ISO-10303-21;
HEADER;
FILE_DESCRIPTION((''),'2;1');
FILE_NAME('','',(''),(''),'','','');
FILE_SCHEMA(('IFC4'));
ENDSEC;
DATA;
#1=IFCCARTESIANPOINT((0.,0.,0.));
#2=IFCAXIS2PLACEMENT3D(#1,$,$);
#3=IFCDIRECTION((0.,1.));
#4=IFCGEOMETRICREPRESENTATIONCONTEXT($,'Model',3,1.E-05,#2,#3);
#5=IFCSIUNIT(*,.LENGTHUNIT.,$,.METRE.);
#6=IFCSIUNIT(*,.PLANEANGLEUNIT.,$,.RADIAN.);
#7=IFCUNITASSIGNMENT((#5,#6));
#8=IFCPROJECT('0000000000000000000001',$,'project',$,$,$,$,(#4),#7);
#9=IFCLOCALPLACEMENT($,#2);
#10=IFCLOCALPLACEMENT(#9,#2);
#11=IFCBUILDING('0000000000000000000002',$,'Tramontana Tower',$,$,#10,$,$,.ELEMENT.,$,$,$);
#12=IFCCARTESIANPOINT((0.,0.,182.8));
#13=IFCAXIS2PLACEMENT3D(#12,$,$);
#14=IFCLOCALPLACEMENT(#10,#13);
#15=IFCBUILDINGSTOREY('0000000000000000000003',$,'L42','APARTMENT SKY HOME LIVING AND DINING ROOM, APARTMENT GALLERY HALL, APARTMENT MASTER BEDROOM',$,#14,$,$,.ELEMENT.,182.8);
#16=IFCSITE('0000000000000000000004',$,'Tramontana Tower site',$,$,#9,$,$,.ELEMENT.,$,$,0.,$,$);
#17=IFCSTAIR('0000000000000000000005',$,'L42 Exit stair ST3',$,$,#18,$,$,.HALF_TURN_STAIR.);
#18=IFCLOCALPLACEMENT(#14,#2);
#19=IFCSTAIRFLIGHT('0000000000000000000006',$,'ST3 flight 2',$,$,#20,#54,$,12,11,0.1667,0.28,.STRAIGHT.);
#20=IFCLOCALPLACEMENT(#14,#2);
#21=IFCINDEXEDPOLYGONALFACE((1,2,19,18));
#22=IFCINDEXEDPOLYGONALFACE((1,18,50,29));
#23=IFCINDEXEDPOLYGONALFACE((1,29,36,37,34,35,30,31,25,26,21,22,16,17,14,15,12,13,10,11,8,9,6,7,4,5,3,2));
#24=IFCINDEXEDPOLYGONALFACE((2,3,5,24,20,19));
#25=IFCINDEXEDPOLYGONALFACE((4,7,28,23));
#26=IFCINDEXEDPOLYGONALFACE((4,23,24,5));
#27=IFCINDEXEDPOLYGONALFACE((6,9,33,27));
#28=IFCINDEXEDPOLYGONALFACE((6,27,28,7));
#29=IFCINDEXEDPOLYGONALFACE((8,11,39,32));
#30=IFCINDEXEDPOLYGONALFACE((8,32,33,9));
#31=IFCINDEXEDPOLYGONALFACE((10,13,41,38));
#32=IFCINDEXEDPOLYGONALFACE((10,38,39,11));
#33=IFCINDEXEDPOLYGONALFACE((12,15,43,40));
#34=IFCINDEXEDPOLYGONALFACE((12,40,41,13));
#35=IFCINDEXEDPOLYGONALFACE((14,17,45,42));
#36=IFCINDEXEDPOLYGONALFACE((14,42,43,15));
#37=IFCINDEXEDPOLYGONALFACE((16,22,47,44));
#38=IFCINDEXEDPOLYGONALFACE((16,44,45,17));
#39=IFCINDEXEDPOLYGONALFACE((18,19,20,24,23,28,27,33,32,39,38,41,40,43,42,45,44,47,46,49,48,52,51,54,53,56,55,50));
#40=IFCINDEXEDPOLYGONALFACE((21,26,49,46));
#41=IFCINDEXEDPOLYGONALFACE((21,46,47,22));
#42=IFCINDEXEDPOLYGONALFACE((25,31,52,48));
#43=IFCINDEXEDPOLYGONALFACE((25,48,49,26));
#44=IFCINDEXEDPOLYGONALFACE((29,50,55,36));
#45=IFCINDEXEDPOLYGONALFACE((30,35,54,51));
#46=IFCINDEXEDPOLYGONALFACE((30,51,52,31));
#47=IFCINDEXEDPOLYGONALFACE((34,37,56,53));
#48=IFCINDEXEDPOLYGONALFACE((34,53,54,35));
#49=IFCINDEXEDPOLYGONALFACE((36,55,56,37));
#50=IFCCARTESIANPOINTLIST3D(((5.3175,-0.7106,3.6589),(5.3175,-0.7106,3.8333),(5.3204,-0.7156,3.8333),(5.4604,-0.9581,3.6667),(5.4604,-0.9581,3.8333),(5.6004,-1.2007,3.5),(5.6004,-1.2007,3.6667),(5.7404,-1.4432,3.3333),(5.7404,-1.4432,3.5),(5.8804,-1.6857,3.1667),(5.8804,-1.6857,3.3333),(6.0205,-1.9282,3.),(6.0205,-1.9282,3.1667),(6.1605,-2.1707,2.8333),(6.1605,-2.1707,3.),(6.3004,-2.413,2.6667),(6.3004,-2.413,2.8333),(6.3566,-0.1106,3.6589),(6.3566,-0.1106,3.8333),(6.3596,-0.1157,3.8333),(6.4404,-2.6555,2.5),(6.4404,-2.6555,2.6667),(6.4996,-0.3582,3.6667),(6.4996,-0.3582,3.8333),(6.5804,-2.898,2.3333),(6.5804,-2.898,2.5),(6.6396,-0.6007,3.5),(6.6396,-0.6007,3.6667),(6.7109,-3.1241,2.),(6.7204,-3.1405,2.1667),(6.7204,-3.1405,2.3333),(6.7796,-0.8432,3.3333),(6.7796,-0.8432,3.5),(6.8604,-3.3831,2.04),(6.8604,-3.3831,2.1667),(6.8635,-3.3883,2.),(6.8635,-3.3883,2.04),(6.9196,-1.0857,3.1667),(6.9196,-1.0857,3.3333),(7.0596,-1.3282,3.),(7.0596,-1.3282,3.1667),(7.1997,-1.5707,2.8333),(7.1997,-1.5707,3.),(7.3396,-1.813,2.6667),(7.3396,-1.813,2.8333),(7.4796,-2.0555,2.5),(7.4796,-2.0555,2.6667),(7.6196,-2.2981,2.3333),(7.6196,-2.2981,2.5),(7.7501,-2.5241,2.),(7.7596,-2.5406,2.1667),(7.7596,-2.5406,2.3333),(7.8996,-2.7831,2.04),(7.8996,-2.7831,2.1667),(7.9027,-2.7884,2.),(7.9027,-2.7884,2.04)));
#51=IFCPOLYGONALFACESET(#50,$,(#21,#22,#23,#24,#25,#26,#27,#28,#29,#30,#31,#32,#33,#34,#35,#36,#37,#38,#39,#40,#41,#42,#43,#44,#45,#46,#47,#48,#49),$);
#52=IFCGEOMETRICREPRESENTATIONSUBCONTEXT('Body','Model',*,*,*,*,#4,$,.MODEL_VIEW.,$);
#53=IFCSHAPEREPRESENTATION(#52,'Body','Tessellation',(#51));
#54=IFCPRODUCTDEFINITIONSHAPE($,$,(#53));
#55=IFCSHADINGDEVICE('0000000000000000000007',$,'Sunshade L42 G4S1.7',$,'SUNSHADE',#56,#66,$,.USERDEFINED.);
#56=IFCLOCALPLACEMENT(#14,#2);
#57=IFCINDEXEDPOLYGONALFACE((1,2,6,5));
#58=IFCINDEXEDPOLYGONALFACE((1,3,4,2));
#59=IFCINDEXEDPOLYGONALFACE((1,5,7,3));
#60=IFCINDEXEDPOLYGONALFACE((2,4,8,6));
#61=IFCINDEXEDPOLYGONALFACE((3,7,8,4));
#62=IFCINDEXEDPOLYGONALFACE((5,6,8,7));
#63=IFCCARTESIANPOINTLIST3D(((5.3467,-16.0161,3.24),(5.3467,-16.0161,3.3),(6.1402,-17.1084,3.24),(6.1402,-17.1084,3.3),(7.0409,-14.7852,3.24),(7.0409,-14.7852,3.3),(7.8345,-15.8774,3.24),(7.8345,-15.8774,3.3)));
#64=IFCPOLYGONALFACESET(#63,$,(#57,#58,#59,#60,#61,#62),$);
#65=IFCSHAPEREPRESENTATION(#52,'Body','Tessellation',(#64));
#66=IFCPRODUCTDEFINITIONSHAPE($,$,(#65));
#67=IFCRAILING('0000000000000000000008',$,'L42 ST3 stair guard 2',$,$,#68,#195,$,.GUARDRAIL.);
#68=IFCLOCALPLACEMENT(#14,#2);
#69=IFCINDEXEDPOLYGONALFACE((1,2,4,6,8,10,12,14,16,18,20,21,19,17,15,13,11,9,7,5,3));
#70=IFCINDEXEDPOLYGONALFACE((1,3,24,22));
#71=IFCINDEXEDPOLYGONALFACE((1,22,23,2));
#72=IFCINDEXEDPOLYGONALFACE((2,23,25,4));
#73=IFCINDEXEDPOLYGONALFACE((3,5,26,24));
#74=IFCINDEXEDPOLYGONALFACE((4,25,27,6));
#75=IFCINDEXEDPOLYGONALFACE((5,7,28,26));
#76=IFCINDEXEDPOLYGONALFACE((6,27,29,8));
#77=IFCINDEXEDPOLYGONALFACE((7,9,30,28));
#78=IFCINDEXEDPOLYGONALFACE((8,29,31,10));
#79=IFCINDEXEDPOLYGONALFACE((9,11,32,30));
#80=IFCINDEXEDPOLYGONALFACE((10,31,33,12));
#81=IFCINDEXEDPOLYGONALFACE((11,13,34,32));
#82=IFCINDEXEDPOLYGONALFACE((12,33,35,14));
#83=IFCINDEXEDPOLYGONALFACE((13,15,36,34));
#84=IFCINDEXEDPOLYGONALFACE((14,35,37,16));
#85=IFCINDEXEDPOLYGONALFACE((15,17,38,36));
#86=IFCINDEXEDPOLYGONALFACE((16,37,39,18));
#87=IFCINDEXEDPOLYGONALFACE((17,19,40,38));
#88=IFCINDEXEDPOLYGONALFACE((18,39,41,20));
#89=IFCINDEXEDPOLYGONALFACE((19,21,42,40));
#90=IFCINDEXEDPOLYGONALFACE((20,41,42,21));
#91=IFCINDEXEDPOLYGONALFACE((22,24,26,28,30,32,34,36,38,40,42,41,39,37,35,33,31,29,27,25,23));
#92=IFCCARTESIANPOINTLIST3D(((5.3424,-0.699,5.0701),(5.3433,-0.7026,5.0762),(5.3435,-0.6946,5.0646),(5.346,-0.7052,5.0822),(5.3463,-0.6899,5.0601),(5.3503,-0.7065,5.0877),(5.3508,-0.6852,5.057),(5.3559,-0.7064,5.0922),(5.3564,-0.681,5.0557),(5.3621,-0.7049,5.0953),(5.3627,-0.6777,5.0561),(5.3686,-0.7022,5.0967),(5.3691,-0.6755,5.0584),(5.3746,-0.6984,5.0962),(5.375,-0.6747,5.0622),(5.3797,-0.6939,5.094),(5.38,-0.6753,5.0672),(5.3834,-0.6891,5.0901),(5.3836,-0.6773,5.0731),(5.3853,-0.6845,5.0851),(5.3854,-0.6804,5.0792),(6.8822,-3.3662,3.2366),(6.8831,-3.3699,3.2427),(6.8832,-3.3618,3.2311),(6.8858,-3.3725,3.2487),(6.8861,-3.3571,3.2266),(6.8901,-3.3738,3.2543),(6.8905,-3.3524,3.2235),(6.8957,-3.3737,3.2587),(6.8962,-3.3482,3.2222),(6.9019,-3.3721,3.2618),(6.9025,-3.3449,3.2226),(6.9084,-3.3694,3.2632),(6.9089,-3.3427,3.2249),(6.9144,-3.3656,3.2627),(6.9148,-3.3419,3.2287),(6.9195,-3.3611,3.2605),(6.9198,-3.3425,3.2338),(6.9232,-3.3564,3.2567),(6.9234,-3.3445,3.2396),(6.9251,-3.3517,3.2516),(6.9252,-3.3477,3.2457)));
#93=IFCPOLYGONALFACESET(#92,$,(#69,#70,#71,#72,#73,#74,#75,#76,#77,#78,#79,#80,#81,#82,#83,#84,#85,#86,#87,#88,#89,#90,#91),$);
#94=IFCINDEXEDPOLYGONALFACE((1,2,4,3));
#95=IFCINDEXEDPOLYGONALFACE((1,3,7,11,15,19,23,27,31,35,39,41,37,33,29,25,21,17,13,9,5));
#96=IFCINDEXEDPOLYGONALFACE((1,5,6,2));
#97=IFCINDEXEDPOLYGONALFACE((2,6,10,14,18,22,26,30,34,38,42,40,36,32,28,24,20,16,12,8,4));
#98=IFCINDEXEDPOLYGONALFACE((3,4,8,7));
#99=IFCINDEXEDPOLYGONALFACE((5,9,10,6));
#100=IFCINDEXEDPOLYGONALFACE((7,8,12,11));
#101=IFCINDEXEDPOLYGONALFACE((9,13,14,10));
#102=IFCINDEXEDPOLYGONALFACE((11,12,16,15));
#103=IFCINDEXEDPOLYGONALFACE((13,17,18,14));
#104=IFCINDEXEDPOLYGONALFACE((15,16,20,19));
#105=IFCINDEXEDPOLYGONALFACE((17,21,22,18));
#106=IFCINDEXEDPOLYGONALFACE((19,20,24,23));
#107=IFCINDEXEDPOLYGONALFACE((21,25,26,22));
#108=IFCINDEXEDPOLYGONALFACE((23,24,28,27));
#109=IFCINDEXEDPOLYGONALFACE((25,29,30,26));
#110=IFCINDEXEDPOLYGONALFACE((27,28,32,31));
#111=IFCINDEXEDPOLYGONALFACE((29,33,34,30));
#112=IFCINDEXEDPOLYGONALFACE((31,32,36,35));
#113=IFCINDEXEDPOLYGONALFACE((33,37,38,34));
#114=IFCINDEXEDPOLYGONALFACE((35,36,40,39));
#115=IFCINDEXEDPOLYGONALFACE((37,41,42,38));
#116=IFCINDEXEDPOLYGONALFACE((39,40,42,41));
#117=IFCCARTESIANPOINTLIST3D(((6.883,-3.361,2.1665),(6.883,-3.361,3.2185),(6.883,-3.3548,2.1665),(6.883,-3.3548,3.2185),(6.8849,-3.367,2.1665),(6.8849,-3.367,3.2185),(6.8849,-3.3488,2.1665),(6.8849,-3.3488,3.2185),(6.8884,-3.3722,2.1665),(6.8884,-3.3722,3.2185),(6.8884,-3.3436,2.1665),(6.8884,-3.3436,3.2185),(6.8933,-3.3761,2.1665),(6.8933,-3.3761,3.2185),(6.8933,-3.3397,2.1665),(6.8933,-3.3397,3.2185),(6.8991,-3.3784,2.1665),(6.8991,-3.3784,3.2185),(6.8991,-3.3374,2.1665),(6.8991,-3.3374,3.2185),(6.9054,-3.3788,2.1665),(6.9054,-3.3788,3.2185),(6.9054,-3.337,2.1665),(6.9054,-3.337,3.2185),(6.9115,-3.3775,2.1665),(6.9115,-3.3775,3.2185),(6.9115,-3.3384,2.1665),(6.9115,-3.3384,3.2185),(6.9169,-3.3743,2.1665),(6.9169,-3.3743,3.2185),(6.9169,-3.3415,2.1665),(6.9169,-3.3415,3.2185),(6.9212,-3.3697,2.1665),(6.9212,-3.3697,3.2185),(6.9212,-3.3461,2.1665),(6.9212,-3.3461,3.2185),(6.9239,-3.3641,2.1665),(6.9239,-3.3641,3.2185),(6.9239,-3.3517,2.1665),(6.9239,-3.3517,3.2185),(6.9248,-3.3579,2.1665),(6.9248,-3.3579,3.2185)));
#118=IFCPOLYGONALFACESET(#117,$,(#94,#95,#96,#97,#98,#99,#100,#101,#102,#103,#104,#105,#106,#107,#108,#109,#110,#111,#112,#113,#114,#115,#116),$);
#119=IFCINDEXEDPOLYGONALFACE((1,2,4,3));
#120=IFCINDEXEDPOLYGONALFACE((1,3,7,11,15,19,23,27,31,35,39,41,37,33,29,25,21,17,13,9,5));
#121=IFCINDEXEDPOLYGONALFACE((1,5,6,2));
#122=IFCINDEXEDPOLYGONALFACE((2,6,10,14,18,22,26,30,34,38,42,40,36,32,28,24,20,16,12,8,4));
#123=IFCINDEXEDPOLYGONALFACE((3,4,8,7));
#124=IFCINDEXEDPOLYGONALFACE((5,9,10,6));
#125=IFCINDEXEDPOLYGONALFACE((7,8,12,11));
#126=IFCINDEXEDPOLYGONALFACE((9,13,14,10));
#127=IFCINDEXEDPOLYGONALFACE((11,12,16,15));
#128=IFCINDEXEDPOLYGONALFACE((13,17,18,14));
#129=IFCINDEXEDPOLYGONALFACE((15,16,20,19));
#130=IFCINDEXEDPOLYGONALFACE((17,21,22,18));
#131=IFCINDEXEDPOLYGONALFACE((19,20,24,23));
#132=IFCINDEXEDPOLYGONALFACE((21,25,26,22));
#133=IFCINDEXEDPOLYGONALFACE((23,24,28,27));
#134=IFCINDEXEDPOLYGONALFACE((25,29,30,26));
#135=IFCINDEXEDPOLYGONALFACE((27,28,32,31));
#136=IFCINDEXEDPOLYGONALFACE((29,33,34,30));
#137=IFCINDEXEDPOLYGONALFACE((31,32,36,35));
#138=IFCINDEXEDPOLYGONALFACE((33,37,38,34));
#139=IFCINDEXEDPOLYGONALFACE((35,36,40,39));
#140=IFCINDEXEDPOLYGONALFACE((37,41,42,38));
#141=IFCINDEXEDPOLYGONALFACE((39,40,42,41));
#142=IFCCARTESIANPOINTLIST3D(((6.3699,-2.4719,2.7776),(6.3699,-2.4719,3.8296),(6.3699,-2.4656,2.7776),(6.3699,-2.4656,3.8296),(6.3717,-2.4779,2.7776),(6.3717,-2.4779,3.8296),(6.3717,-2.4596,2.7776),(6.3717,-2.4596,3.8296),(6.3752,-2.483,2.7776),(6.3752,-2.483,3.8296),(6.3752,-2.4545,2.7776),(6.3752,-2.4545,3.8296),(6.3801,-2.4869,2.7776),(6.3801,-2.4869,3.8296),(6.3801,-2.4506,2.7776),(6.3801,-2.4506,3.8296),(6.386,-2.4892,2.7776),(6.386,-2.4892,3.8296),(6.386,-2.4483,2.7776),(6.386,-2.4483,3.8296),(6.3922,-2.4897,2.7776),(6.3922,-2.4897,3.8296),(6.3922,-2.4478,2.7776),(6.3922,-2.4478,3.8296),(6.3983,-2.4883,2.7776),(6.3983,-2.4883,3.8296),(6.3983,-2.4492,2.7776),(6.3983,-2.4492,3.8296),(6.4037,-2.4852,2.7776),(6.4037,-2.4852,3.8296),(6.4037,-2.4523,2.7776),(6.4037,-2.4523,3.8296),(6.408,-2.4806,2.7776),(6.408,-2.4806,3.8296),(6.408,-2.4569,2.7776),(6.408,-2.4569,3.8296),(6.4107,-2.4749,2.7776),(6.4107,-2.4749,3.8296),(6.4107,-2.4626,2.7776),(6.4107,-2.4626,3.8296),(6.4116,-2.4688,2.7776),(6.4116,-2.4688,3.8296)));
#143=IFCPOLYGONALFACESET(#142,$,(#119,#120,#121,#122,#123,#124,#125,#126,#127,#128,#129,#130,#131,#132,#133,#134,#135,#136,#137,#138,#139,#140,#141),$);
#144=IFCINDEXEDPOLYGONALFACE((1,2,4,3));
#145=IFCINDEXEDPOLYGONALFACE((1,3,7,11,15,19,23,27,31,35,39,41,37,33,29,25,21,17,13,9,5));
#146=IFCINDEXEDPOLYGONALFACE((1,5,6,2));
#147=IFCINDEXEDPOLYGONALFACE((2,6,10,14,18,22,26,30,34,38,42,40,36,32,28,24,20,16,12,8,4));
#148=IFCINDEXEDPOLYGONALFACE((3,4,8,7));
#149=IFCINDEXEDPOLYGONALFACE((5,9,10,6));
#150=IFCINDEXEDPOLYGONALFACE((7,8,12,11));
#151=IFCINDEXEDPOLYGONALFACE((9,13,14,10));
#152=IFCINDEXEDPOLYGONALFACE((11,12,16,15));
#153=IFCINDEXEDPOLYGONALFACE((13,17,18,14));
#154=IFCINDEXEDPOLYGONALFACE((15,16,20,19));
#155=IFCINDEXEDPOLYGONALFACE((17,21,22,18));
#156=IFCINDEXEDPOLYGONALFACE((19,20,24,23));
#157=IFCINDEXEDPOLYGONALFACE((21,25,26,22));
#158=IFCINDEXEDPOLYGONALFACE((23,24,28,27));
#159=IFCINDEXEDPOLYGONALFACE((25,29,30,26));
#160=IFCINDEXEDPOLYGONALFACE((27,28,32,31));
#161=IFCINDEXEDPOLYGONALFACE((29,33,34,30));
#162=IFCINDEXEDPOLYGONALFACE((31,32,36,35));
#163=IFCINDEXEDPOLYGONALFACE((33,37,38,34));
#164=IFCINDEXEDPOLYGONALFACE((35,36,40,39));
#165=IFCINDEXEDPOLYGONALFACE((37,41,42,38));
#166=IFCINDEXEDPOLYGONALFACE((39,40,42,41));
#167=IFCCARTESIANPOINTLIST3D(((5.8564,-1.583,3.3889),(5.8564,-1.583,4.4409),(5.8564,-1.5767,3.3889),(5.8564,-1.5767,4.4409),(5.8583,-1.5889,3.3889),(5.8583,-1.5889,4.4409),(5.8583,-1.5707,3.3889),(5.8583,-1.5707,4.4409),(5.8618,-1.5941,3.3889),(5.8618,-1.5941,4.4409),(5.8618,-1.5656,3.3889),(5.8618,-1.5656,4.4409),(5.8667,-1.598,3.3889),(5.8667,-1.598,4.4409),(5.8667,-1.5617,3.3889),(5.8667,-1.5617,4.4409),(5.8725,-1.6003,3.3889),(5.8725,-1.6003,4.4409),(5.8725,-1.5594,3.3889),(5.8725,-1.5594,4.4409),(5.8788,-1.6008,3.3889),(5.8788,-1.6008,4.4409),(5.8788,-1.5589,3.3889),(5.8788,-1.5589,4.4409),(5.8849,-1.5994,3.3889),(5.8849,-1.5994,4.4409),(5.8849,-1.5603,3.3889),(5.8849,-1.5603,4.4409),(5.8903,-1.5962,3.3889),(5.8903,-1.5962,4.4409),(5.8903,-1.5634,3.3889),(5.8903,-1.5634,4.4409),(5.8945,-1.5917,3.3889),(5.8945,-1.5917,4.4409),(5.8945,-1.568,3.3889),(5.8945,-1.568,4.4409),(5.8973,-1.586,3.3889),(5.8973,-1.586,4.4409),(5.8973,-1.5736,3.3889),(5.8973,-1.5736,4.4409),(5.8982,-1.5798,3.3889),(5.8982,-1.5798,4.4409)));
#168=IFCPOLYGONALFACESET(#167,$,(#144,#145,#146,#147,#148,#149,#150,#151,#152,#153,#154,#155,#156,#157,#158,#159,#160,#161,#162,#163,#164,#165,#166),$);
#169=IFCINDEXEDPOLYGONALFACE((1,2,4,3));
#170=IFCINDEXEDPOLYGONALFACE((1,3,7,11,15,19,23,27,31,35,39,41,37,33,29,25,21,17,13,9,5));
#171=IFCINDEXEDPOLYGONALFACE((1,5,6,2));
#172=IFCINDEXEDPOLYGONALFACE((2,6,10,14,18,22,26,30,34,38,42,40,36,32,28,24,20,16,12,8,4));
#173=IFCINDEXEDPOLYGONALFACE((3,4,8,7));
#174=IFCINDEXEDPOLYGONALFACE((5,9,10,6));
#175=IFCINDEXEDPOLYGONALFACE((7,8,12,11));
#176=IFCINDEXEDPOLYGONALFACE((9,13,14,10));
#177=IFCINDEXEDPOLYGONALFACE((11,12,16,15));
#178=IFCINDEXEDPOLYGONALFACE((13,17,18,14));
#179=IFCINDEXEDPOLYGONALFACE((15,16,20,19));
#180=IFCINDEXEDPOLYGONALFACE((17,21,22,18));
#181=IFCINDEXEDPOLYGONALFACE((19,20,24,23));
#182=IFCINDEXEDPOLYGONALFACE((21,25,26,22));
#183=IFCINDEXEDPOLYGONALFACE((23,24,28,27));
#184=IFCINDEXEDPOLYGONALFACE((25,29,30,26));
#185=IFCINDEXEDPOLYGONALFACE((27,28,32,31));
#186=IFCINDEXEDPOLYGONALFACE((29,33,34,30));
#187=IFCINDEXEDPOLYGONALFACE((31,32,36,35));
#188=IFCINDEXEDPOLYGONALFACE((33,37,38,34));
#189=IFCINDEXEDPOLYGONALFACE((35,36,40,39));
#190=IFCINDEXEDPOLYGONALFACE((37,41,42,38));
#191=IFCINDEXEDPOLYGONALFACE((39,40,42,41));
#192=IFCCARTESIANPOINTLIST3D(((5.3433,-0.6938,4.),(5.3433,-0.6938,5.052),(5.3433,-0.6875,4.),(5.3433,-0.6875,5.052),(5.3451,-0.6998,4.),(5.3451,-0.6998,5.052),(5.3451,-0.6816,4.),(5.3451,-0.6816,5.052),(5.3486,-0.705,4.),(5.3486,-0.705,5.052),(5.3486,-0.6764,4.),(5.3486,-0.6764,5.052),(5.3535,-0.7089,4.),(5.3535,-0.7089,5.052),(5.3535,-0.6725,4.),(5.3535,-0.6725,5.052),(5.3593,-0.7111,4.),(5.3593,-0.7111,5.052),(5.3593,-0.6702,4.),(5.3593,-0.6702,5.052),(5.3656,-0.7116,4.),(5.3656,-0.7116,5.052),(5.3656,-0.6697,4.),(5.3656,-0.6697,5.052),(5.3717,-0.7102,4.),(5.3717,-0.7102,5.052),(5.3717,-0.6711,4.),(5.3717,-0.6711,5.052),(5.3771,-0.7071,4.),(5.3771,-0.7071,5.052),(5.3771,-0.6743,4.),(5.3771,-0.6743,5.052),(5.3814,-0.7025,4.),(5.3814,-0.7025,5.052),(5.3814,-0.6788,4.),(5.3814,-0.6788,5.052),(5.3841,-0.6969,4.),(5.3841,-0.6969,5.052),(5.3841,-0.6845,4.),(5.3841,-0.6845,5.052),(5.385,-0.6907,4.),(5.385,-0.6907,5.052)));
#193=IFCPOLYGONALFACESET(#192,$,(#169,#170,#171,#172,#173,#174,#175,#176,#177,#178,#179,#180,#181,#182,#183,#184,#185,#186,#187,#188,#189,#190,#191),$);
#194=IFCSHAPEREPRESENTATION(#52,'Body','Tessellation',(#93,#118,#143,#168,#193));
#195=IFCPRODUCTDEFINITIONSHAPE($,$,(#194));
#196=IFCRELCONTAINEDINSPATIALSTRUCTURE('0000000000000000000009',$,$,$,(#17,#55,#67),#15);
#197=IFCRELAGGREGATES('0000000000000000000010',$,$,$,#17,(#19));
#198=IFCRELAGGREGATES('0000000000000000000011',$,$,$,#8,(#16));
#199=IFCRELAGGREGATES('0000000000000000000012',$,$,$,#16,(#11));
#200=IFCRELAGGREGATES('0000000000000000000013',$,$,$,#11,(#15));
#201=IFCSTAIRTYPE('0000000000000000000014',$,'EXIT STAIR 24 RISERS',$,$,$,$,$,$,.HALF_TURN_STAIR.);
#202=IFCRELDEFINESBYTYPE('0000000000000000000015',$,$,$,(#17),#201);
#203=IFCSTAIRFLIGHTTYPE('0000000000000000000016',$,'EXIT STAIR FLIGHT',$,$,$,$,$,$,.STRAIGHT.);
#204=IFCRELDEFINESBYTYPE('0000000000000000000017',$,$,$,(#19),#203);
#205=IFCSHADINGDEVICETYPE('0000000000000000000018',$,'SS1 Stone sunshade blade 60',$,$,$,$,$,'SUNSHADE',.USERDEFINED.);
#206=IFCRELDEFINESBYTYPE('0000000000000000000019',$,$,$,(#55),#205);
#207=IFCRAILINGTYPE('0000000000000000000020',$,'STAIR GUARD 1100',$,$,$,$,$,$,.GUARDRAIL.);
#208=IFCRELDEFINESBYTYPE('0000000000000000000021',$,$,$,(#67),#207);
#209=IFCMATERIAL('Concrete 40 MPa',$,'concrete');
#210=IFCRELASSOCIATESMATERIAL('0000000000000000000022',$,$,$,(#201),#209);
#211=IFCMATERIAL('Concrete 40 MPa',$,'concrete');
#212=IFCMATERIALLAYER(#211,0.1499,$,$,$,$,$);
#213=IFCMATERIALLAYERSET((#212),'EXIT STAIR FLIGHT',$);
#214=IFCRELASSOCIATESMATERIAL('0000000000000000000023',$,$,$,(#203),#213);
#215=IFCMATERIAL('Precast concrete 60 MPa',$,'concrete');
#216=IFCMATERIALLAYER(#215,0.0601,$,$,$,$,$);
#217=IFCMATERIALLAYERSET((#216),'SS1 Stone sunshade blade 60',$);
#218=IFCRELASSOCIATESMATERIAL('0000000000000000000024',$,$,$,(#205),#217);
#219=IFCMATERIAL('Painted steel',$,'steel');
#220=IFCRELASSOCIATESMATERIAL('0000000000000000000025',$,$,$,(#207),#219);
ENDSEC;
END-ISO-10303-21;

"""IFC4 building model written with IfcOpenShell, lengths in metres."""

from ifc_helpers import new_model, si_unit, direction, frame, origin, origin_2d, place, context, subcontext, project, spatial, polyline, rectangle, circle, outline, extrude, material, layer, layer_set, type_object, element, aggregate, save


model = new_model("IFC4")

# Units and contexts
model_context = context("Model", 3, precision=1e-05, world=origin(), true_north=direction((0.0, 1.0)))
body_context = subcontext(model_context, "Body", "Model", "MODEL_VIEW")
ifc_project = project(units=[si_unit("LENGTHUNIT", "METRE"), si_unit("PLANEANGLEUNIT", "RADIAN")], contexts=[model_context])

# Site, building, storey
site_placement = place(None, origin())
site = spatial("IfcSite", under=ifc_project, at=site_placement, Name="Tramontana Tower site", CompositionType="ELEMENT", RefElevation=0.0)
building_placement = place(site_placement, origin())
building = spatial("IfcBuilding", under=site, at=building_placement, Name="Tramontana Tower", CompositionType="ELEMENT")
storey_placement = place(building_placement, frame((0.0, 0.0, 182.8)))
storey = spatial("IfcBuildingStorey", under=building, at=storey_placement, Name="L42", Description="APARTMENT SKY HOME LIVING AND DINING ROOM, APARTMENT GALLERY HALL, APARTMENT MASTER BEDROOM", CompositionType="ELEMENT", Elevation=182.8)

# Stair, stair flight
ifc_material_1 = material(Name="Concrete 40 MPa", Category="concrete")
stair_type = type_object("IfcStairType", Name="EXIT STAIR 24 RISERS", PredefinedType="HALF_TURN_STAIR", material=ifc_material_1)
stair_placement = place(storey_placement, origin())
stair = element("IfcStair", 1, at=stair_placement, inside=storey, type_object=stair_type, Name="L42 Exit stair ST3", PredefinedType="HALF_TURN_STAIR")
ifc_material_2 = material(Name="Concrete 40 MPa", Category="concrete")
ifc_layer_1 = layer(ifc_material_2, 0.1499)
ifc_layer_set_1 = layer_set([ifc_layer_1], Name="EXIT STAIR FLIGHT")
stair_flight_type = type_object("IfcStairFlightType", Name="EXIT STAIR FLIGHT", PredefinedType="STRAIGHT", material=ifc_layer_set_1)
stair_flight_placement = place(storey_placement, frame((7.3801, -3.083, 2.0), z_axis=(0.0, 0.0, 1.0), x_axis=(-0.5, 0.866025, 0.0)))
stair_flight = element("IfcStairFlight", 2, at=stair_flight_placement, type_object=stair_flight_type, Name="ST3 flight 2", NumberOfRisers=12, NumberOfTreads=11, PredefinedType="STRAIGHT", RiserHeight=0.1667, TreadLength=0.28, context=body_context, shape_type="SweptSolid", body=[
    extrude(outline(polyline([(-0.0061, 0.0), (-0.0061, 0.04), (0.0, 0.04), (0.0, 0.1667), (0.28, 0.1667), (0.28, 0.3333), (0.5601, 0.3333), (0.5601, 0.5), (0.8401, 0.5), (0.8401, 0.6667), (1.1201, 0.6667), (1.1201, 0.8333), (1.3999, 0.8333), (1.3999, 1.0), (1.6799, 1.0), (1.6799, 1.1667), (1.96, 1.1667), (1.96, 1.3333), (2.24, 1.3333), (2.24, 1.5), (2.52, 1.5), (2.52, 1.6667), (2.8, 1.6667), (2.8, 1.8333), (3.0801, 1.8333), (3.0859, 1.8333), (3.0859, 1.6589), (0.2991, 0.0), (-0.0061, 0.0)])), frame((0.0, 0.6001, 0.0), z_axis=(0.0, -1.0, 0.0), x_axis=(1.0, 0.0, 0.0)), (0.0, 0.0, 1.0), 1.2),
])
aggregate(stair, [stair_flight])

# Shading device
ifc_material_3 = material(Name="Precast concrete 60 MPa", Category="concrete")
ifc_layer_2 = layer(ifc_material_3, 0.0601)
ifc_layer_set_2 = layer_set([ifc_layer_2], Name="SS1 Stone sunshade blade 60")
shading_device_type = type_object("IfcShadingDeviceType", Name="SS1 Stone sunshade blade 60", ElementType="SUNSHADE", PredefinedType="USERDEFINED", material=ifc_layer_set_2)
shading_device_placement = place(storey_placement, frame((6.5906, -15.9468, 3.24), z_axis=(0.0, 0.0, 1.0), x_axis=(0.809017, 0.587785, 0.0)))
element("IfcShadingDevice", 3, at=shading_device_placement, inside=storey, type_object=shading_device_type, Name="Sunshade L42 G4S1.7", ObjectType="SUNSHADE", PredefinedType="USERDEFINED", context=body_context, shape_type="SweptSolid", body=[
    extrude(rectangle(XDim=2.0942, YDim=1.3501, at=origin_2d()), origin(), (0.0, 0.0, 1.0), 0.0601),
])

# Railing
ifc_material_4 = material(Name="Painted steel", Category="steel")
railing_type_1 = type_object("IfcRailingType", Name="STAIR GUARD 1100", PredefinedType="GUARDRAIL", material=ifc_material_4)
railing_1_placement = place(storey_placement, frame((6.9038, -3.3579, 2.1665)))
element("IfcRailing", 4, at=railing_1_placement, inside=storey, type_object=railing_type_1, Name="L42 ST3 stair guard 2", PredefinedType="GUARDRAIL", context=body_context, shape_type="SweptSolid", body=[
    extrude(circle(Radius=0.0239, at=origin_2d()), frame((0.0, 0.0, 1.0762), z_axis=(-0.429601, 0.744155, 0.511543), x_axis=(-0.866044, -0.499967, 0.0)), (0.0, 0.0, 1.0), 3.5842),
    extrude(circle(Radius=0.021, at=origin_2d()), origin(), (0.0, 0.0, 1.0), 1.052),
    extrude(circle(Radius=0.021, at=origin_2d()), frame((-0.5132, 0.8892, 0.6111)), (0.0, 0.0, 1.0), 1.052),
    extrude(circle(Radius=0.021, at=origin_2d()), frame((-1.0266, 1.7781, 1.2224)), (0.0, 0.0, 1.0), 1.052),
    extrude(circle(Radius=0.021, at=origin_2d()), frame((-1.5398, 2.6672, 1.8335)), (0.0, 0.0, 1.0), 1.052),
])

save(model, "model.ifc")
